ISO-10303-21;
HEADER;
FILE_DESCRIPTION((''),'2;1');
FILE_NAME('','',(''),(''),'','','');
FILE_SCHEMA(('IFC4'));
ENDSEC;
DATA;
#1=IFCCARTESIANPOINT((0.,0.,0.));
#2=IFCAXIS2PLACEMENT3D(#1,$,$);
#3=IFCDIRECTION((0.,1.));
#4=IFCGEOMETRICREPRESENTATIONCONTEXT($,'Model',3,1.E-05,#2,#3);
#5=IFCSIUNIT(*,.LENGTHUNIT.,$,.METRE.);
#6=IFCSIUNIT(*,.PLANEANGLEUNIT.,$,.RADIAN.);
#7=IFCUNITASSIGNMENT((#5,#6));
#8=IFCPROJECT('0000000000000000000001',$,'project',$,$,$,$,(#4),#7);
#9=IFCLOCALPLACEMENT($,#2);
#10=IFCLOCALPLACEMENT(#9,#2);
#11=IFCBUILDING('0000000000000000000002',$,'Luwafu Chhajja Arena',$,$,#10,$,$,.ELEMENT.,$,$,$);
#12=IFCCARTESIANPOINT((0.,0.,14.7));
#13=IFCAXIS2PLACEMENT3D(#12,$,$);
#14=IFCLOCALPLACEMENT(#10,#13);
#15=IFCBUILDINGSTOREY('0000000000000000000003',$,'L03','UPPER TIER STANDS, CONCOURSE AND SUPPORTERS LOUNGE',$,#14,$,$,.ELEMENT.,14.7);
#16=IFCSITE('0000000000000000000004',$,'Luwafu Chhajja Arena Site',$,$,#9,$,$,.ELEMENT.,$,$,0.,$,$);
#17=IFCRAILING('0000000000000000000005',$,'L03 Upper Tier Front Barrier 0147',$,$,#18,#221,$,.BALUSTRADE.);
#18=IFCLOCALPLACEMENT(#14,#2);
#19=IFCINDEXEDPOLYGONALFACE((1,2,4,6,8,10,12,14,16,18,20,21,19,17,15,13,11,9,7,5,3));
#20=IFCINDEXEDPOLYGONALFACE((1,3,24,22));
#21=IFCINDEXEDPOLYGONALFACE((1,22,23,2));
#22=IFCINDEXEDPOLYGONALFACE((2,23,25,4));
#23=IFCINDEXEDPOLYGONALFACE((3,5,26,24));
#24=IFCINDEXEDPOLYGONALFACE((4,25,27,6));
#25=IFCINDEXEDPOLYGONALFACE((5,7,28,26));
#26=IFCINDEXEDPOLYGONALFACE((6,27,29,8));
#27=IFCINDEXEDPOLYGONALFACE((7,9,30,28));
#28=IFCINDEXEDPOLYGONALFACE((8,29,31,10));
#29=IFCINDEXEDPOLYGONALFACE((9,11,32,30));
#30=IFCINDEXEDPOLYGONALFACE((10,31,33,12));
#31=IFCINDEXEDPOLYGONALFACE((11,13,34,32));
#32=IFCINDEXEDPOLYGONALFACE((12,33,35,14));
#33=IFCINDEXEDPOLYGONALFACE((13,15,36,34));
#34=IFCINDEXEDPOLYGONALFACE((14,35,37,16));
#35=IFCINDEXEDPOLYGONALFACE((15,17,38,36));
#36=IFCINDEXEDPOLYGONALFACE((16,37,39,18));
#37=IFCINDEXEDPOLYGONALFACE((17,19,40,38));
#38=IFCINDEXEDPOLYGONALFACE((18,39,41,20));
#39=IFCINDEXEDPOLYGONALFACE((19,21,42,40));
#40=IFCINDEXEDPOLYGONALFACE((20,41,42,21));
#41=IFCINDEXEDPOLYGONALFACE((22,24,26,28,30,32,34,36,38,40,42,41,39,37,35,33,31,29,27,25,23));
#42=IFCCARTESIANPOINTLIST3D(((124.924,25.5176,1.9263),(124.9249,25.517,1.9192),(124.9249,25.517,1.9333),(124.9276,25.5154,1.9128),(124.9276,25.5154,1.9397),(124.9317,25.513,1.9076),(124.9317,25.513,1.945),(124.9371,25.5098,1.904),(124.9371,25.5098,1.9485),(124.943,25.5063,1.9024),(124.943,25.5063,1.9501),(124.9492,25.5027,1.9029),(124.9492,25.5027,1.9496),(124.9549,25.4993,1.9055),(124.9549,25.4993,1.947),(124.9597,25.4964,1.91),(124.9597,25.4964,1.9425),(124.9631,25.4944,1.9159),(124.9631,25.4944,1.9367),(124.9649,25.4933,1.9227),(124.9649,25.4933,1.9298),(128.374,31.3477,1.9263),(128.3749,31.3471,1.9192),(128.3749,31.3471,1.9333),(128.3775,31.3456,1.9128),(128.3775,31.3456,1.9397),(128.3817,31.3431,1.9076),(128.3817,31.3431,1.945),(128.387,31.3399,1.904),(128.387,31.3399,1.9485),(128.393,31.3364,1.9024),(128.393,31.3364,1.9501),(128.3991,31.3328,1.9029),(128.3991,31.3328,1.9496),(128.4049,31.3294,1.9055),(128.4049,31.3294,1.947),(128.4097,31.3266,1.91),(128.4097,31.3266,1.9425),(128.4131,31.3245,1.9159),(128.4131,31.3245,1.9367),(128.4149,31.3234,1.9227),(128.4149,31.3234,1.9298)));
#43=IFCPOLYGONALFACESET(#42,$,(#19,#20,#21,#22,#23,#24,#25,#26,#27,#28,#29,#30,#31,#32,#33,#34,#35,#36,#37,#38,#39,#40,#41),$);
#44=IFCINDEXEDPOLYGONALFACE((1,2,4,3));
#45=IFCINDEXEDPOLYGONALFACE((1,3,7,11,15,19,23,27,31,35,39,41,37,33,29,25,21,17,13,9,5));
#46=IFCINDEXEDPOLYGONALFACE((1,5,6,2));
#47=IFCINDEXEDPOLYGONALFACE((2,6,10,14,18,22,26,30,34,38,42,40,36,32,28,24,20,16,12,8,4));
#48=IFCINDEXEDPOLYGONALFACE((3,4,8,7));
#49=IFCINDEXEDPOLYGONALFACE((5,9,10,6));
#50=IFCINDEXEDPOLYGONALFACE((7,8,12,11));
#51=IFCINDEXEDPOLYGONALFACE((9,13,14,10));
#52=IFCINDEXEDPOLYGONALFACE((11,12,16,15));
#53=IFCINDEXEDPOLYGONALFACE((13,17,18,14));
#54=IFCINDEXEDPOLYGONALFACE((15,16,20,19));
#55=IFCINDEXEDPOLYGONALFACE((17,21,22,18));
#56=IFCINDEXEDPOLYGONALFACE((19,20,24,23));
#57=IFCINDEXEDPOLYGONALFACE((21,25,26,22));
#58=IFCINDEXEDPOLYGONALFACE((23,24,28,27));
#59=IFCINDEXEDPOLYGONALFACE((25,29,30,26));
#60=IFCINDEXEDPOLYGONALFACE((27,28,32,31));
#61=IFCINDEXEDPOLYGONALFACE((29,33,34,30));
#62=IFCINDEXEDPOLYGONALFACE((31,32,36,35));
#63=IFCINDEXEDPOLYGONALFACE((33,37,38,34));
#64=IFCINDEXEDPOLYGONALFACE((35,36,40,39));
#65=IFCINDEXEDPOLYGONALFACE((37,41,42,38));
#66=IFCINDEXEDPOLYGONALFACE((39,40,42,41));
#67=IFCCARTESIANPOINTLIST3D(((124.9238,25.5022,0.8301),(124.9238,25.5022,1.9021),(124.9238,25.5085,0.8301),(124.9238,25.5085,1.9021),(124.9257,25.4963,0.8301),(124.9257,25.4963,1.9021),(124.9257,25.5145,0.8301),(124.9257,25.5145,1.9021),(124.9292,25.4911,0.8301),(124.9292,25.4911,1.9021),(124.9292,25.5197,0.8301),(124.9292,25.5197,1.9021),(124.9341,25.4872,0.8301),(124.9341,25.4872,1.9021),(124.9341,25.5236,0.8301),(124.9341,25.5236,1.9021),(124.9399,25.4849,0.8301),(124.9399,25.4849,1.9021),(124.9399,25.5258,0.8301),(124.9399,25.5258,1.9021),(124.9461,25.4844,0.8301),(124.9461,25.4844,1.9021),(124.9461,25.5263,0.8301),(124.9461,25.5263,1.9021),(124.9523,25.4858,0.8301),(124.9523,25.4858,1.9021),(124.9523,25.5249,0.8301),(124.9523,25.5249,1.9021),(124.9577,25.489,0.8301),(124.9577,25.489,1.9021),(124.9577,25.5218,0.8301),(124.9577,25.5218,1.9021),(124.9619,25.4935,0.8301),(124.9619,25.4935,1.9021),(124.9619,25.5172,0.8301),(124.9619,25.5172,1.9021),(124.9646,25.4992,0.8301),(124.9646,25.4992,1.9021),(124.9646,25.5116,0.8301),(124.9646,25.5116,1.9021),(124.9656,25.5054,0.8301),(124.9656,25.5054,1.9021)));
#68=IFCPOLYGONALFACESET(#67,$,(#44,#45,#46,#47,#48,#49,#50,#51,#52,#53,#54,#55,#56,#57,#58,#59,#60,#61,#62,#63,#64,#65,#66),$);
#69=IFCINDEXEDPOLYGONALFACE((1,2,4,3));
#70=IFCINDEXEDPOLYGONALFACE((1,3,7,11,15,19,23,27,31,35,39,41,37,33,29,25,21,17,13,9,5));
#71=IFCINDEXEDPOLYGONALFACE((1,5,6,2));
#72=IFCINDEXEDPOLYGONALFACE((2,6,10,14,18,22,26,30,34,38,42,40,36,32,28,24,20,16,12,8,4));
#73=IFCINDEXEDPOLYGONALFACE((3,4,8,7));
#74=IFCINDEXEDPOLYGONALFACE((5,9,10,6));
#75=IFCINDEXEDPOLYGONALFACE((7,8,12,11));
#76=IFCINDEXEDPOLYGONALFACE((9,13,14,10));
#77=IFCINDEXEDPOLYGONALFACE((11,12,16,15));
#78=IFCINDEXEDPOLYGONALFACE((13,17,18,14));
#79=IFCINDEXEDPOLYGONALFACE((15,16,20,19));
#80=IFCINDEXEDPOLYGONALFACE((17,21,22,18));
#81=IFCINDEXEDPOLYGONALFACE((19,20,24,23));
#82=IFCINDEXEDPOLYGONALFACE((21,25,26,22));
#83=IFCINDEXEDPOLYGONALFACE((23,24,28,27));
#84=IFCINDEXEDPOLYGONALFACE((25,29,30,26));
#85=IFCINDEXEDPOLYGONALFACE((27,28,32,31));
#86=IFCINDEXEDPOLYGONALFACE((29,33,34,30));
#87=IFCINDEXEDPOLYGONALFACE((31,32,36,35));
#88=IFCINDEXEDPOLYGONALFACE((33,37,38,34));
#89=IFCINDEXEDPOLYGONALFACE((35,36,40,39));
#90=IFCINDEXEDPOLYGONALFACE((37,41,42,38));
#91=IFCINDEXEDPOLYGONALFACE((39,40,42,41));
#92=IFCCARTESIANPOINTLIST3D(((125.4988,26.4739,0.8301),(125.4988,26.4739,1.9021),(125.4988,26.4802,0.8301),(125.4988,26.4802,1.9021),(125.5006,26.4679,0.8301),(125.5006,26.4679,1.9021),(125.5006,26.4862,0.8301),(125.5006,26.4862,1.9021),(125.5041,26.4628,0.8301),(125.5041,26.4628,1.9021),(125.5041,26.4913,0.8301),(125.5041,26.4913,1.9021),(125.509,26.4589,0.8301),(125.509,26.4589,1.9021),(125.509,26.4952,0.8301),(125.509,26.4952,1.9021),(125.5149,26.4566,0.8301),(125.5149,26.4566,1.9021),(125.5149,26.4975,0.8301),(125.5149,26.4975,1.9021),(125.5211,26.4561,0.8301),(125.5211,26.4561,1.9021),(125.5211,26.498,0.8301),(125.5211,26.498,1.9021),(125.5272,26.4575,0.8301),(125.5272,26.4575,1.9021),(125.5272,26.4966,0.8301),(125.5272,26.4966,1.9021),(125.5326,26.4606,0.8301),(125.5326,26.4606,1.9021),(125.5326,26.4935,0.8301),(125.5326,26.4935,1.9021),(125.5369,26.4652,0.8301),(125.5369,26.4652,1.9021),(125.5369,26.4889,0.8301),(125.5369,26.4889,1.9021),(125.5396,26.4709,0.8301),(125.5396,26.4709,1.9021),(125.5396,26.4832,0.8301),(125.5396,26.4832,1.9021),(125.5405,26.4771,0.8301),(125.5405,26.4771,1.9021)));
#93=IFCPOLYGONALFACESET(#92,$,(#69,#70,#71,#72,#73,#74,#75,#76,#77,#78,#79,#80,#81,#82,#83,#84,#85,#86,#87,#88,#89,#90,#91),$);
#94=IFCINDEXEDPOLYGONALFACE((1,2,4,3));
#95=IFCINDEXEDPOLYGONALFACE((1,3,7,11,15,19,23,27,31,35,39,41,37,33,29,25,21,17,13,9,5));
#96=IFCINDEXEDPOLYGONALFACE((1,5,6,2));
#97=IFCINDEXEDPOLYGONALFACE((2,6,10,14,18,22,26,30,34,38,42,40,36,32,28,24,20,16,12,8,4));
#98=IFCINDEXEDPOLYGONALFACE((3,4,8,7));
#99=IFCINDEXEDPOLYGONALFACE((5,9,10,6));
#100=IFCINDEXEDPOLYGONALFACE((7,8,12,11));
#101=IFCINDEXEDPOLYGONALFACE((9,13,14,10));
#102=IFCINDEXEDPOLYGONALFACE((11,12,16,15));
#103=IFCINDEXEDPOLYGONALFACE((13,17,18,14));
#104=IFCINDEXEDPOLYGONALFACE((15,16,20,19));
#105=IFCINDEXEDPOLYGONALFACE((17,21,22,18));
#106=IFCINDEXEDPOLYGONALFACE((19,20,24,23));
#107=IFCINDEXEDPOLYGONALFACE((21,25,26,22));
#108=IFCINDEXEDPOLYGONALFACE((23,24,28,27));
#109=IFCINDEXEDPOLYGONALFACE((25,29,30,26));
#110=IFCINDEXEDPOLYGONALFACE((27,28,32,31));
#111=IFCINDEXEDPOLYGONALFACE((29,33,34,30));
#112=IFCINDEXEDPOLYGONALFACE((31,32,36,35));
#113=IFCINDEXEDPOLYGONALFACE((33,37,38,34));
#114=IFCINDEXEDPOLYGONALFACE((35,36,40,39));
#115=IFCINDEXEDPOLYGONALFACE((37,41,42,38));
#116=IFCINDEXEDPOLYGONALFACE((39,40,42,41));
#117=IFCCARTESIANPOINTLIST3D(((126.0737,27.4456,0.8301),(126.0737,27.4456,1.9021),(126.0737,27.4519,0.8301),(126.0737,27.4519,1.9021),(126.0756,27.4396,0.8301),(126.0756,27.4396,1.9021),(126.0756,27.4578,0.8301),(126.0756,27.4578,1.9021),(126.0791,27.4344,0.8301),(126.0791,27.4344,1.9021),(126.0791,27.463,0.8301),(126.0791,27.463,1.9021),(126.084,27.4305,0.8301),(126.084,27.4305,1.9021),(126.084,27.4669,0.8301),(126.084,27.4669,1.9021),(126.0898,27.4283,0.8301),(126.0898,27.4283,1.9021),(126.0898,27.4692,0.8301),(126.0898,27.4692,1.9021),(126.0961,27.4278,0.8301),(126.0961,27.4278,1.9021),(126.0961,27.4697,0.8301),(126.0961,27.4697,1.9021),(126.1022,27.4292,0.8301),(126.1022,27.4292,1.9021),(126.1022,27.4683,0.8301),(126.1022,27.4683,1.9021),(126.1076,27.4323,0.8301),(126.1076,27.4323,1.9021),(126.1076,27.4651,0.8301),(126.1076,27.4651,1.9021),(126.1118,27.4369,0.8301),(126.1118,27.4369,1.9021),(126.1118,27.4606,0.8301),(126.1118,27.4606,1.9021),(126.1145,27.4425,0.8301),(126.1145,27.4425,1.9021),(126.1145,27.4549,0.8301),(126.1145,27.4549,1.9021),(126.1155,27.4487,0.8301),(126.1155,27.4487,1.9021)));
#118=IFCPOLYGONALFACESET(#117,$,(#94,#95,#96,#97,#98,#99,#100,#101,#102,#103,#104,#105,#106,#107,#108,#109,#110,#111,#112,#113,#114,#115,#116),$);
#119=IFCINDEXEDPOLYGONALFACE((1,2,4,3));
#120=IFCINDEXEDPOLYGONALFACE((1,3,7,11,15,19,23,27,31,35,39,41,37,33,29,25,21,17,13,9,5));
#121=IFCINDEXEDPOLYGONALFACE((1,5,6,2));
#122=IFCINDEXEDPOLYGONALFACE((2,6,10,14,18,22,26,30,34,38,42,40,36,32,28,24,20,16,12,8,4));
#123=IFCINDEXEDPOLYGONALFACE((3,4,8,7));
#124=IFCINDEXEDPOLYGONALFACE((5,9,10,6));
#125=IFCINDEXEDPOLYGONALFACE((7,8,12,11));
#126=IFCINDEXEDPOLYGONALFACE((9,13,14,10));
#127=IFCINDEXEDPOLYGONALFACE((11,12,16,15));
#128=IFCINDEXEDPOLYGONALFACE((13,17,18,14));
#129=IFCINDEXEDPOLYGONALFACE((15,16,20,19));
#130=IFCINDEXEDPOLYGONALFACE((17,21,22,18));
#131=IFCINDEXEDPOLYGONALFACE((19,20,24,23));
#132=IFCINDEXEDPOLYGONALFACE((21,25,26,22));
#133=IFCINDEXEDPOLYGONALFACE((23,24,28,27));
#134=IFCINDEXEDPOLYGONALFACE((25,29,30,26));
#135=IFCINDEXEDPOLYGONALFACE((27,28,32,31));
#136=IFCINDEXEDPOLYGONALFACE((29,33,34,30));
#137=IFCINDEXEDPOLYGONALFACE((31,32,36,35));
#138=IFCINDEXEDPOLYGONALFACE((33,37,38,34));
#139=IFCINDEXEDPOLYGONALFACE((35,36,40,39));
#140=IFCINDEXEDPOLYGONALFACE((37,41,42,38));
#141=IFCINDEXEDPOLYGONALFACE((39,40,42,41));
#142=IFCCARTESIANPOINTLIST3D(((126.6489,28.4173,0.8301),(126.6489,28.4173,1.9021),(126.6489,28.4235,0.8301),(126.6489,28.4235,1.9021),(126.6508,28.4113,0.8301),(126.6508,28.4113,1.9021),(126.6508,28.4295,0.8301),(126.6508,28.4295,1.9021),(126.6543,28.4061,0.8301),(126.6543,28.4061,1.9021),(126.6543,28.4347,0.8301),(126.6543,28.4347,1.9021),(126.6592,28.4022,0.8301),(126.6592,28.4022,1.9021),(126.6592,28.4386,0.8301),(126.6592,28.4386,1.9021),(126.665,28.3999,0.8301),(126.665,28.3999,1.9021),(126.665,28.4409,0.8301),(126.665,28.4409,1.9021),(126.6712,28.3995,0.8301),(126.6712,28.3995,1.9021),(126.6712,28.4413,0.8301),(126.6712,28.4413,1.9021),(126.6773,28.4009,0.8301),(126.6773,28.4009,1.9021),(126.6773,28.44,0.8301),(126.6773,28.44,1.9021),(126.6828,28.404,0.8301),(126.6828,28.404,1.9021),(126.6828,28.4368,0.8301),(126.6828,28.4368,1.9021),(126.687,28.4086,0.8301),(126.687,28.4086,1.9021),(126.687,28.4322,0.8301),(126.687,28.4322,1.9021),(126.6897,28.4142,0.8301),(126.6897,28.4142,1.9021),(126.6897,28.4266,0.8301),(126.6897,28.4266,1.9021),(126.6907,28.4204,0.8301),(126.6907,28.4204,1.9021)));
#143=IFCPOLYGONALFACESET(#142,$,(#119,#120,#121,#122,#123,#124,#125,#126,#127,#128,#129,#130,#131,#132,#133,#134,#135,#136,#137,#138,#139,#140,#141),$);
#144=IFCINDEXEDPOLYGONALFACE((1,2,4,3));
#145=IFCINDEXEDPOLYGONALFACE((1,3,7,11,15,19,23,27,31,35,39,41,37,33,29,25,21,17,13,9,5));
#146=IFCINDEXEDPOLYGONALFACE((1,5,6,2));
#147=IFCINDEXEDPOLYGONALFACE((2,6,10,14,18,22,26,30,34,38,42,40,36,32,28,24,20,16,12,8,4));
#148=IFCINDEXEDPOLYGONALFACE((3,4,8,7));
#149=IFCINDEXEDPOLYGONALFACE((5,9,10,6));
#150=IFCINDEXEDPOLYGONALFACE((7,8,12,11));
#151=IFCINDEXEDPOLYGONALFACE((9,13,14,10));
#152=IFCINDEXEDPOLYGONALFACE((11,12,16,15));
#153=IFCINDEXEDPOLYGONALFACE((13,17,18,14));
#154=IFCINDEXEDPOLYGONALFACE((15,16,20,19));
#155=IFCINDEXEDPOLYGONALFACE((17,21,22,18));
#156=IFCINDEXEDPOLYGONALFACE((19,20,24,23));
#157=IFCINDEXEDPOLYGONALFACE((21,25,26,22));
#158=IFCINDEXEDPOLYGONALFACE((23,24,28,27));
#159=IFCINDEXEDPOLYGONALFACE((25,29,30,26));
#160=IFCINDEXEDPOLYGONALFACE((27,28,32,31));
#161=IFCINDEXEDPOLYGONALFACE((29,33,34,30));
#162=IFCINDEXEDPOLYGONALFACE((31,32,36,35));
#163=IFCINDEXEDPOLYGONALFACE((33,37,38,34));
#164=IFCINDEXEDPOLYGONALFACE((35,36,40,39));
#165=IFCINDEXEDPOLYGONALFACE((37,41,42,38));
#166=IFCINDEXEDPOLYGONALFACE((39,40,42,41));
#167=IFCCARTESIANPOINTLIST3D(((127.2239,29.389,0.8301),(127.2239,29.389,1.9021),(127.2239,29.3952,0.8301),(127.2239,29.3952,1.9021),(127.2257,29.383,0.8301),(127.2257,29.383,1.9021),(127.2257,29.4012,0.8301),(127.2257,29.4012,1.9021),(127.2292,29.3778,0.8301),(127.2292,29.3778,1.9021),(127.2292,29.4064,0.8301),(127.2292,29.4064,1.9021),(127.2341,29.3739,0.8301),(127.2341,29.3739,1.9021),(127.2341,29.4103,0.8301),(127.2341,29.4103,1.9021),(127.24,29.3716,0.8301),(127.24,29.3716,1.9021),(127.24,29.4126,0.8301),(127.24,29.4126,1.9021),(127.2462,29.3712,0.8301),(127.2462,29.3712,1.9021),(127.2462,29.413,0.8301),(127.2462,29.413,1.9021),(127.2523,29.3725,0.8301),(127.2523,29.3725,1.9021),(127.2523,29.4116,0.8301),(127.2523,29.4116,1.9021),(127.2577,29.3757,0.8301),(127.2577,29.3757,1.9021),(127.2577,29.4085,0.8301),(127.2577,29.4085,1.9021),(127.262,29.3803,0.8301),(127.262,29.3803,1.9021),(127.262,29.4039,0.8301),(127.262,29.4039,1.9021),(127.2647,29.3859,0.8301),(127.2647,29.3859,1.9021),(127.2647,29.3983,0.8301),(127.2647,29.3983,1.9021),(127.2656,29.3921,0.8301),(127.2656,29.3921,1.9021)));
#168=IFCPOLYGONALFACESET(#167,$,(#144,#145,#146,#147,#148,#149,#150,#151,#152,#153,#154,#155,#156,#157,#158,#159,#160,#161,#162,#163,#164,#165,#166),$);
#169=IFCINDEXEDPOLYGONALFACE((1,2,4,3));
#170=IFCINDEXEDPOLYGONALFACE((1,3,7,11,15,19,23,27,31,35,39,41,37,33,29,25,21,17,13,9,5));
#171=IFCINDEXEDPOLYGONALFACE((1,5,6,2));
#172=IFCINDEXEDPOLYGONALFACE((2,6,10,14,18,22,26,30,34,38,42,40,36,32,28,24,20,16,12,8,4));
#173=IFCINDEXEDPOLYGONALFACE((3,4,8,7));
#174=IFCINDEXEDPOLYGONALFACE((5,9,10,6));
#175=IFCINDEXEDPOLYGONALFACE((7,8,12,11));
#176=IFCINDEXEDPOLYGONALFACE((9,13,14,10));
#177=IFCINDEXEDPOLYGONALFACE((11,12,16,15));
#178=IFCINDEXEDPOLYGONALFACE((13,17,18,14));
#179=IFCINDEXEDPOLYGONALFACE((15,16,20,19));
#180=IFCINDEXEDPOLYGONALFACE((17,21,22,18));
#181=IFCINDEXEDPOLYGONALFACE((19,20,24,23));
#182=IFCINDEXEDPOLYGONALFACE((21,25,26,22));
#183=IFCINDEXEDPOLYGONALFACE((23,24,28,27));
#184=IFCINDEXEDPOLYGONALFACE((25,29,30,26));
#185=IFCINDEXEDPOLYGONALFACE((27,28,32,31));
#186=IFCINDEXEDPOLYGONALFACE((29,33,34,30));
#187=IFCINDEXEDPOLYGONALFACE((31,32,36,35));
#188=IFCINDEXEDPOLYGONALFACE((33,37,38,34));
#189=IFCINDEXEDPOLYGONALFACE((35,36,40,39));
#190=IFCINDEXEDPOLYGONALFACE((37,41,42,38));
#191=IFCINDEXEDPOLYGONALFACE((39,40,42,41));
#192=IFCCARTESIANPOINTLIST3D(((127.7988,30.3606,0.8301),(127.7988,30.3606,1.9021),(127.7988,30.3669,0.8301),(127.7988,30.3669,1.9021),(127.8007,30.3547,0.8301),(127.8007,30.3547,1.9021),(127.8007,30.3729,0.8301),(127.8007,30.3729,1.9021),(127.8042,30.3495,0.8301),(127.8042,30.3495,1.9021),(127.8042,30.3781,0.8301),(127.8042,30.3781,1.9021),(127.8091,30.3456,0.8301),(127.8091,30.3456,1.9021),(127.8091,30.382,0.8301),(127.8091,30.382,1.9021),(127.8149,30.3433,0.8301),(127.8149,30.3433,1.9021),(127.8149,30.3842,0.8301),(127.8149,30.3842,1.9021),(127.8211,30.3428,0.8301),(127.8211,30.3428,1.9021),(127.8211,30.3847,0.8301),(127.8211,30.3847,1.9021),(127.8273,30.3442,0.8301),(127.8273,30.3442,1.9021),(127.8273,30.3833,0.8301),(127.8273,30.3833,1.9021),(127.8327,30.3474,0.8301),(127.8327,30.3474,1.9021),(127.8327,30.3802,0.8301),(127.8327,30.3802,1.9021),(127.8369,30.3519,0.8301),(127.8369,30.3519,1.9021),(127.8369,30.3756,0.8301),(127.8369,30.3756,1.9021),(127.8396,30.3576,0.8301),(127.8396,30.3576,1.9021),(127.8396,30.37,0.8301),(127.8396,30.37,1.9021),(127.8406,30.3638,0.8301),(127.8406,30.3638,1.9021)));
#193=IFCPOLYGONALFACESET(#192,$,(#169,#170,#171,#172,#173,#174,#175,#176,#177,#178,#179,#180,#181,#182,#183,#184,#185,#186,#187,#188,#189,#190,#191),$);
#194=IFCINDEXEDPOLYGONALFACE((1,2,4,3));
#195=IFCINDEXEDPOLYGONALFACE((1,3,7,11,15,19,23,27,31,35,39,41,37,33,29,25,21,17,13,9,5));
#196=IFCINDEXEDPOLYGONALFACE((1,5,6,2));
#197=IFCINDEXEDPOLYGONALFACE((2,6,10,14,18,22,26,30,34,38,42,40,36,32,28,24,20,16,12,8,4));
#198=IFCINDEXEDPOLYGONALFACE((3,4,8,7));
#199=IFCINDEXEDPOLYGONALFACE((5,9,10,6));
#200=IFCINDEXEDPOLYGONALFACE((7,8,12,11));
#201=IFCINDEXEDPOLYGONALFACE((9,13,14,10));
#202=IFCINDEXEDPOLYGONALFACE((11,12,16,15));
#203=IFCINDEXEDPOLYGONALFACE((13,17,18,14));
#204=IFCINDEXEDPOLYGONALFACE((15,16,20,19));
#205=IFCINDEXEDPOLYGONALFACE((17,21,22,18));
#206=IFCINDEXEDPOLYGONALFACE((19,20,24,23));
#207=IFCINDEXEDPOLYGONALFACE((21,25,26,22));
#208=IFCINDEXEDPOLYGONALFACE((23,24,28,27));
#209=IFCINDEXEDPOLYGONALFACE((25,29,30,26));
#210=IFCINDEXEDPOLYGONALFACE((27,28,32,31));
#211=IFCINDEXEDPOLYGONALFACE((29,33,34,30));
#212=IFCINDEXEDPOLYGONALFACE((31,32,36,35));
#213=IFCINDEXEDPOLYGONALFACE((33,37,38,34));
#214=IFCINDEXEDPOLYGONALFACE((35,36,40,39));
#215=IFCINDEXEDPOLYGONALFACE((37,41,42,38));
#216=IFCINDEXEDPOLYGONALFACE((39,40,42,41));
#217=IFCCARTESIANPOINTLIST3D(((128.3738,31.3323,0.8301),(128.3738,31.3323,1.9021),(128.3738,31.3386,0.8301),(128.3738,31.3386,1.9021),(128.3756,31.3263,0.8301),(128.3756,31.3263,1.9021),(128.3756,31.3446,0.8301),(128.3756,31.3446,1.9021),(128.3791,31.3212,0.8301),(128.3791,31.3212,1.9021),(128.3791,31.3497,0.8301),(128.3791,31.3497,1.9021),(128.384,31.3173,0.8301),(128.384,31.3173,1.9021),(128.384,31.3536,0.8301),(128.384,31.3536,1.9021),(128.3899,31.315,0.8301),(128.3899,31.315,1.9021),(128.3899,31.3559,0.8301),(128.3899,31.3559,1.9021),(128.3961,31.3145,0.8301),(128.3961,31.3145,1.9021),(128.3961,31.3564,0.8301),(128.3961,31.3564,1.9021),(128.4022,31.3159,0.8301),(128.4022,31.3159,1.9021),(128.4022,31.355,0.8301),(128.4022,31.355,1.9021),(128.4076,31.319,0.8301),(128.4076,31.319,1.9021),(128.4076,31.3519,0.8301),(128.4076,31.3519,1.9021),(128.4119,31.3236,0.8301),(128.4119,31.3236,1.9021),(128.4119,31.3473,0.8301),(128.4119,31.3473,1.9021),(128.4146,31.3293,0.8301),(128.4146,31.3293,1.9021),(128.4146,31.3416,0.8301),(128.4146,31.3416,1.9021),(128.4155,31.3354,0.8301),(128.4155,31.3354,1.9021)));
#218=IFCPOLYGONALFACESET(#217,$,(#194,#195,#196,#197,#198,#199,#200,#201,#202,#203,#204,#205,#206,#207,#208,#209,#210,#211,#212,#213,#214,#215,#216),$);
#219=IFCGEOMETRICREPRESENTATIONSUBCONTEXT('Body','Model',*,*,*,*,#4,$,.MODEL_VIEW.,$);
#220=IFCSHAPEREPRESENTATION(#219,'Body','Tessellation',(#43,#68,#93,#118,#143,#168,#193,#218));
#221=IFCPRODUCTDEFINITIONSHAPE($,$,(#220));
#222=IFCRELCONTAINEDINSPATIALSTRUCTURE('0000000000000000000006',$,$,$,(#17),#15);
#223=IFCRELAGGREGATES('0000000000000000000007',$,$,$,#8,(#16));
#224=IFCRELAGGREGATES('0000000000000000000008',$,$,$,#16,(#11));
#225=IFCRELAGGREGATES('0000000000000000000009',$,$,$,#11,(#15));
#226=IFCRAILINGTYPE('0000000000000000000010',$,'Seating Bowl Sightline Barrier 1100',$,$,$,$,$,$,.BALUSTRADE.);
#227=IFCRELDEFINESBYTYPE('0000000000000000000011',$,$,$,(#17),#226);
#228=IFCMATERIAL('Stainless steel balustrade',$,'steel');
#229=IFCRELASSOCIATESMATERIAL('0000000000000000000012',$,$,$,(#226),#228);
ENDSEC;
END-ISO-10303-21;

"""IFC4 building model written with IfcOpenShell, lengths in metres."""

from ifc_helpers import new_model, si_unit, direction, frame, origin, origin_2d, place, context, subcontext, project, spatial, circle, extrude, material, type_object, element, save


model = new_model("IFC4")

# Units and contexts
model_context = context("Model", 3, precision=1e-05, world=origin(), true_north=direction((0.0, 1.0)))
body_context = subcontext(model_context, "Body", "Model", "MODEL_VIEW")
ifc_project = project(units=[si_unit("LENGTHUNIT", "METRE"), si_unit("PLANEANGLEUNIT", "RADIAN")], contexts=[model_context])

# Site, building, storey
site_placement = place(None, origin())
site = spatial("IfcSite", under=ifc_project, at=site_placement, Name="Luwafu Chhajja Arena Site", CompositionType="ELEMENT", RefElevation=0.0)
building_placement = place(site_placement, origin())
building = spatial("IfcBuilding", under=site, at=building_placement, Name="Luwafu Chhajja Arena", CompositionType="ELEMENT")
storey_placement = place(building_placement, frame((0.0, 0.0, 14.7)))
storey = spatial("IfcBuildingStorey", under=building, at=storey_placement, Name="L03", Description="UPPER TIER STANDS, CONCOURSE AND SUPPORTERS LOUNGE", CompositionType="ELEMENT", Elevation=14.7)

# Railing
ifc_material_1 = material(Name="Stainless steel balustrade", Category="steel")
railing_type = type_object("IfcRailingType", Name="Seating Bowl Sightline Barrier 1100", PredefinedType="BALUSTRADE", material=ifc_material_1)
railing_1_placement = place(storey_placement, frame((124.9446, 25.5054, 0.8301)))
element("IfcRailing", 1, at=railing_1_placement, inside=storey, type_object=railing_type, Name="L03 Upper Tier Front Barrier 0147", PredefinedType="BALUSTRADE", context=body_context, shape_type="SweptSolid", body=[
    extrude(circle(Radius=0.0239, at=origin_2d()), frame((0.0, 0.0, 1.0962), z_axis=(0.509266, 0.860609, 0.0), x_axis=(-0.860609, 0.509266, 0.0)), (0.0, 0.0, 1.0), 6.7744),
    extrude(circle(Radius=0.021, at=origin_2d()), origin(), (0.0, 0.0, 1.0), 1.072),
    extrude(circle(Radius=0.021, at=origin_2d()), frame((0.575, 0.9717, 0.0)), (0.0, 0.0, 1.0), 1.072),
    extrude(circle(Radius=0.021, at=origin_2d()), frame((1.1499, 1.9434, 0.0)), (0.0, 0.0, 1.0), 1.072),
    extrude(circle(Radius=0.021, at=origin_2d()), frame((1.7251, 2.915, 0.0)), (0.0, 0.0, 1.0), 1.072),
    extrude(circle(Radius=0.021, at=origin_2d()), frame((2.3, 3.8867, 0.0)), (0.0, 0.0, 1.0), 1.072),
    extrude(circle(Radius=0.021, at=origin_2d()), frame((2.875, 4.8584, 0.0)), (0.0, 0.0, 1.0), 1.072),
    extrude(circle(Radius=0.021, at=origin_2d()), frame((3.45, 5.8301, 0.0)), (0.0, 0.0, 1.0), 1.072),
])

save(model, "model.ifc")
